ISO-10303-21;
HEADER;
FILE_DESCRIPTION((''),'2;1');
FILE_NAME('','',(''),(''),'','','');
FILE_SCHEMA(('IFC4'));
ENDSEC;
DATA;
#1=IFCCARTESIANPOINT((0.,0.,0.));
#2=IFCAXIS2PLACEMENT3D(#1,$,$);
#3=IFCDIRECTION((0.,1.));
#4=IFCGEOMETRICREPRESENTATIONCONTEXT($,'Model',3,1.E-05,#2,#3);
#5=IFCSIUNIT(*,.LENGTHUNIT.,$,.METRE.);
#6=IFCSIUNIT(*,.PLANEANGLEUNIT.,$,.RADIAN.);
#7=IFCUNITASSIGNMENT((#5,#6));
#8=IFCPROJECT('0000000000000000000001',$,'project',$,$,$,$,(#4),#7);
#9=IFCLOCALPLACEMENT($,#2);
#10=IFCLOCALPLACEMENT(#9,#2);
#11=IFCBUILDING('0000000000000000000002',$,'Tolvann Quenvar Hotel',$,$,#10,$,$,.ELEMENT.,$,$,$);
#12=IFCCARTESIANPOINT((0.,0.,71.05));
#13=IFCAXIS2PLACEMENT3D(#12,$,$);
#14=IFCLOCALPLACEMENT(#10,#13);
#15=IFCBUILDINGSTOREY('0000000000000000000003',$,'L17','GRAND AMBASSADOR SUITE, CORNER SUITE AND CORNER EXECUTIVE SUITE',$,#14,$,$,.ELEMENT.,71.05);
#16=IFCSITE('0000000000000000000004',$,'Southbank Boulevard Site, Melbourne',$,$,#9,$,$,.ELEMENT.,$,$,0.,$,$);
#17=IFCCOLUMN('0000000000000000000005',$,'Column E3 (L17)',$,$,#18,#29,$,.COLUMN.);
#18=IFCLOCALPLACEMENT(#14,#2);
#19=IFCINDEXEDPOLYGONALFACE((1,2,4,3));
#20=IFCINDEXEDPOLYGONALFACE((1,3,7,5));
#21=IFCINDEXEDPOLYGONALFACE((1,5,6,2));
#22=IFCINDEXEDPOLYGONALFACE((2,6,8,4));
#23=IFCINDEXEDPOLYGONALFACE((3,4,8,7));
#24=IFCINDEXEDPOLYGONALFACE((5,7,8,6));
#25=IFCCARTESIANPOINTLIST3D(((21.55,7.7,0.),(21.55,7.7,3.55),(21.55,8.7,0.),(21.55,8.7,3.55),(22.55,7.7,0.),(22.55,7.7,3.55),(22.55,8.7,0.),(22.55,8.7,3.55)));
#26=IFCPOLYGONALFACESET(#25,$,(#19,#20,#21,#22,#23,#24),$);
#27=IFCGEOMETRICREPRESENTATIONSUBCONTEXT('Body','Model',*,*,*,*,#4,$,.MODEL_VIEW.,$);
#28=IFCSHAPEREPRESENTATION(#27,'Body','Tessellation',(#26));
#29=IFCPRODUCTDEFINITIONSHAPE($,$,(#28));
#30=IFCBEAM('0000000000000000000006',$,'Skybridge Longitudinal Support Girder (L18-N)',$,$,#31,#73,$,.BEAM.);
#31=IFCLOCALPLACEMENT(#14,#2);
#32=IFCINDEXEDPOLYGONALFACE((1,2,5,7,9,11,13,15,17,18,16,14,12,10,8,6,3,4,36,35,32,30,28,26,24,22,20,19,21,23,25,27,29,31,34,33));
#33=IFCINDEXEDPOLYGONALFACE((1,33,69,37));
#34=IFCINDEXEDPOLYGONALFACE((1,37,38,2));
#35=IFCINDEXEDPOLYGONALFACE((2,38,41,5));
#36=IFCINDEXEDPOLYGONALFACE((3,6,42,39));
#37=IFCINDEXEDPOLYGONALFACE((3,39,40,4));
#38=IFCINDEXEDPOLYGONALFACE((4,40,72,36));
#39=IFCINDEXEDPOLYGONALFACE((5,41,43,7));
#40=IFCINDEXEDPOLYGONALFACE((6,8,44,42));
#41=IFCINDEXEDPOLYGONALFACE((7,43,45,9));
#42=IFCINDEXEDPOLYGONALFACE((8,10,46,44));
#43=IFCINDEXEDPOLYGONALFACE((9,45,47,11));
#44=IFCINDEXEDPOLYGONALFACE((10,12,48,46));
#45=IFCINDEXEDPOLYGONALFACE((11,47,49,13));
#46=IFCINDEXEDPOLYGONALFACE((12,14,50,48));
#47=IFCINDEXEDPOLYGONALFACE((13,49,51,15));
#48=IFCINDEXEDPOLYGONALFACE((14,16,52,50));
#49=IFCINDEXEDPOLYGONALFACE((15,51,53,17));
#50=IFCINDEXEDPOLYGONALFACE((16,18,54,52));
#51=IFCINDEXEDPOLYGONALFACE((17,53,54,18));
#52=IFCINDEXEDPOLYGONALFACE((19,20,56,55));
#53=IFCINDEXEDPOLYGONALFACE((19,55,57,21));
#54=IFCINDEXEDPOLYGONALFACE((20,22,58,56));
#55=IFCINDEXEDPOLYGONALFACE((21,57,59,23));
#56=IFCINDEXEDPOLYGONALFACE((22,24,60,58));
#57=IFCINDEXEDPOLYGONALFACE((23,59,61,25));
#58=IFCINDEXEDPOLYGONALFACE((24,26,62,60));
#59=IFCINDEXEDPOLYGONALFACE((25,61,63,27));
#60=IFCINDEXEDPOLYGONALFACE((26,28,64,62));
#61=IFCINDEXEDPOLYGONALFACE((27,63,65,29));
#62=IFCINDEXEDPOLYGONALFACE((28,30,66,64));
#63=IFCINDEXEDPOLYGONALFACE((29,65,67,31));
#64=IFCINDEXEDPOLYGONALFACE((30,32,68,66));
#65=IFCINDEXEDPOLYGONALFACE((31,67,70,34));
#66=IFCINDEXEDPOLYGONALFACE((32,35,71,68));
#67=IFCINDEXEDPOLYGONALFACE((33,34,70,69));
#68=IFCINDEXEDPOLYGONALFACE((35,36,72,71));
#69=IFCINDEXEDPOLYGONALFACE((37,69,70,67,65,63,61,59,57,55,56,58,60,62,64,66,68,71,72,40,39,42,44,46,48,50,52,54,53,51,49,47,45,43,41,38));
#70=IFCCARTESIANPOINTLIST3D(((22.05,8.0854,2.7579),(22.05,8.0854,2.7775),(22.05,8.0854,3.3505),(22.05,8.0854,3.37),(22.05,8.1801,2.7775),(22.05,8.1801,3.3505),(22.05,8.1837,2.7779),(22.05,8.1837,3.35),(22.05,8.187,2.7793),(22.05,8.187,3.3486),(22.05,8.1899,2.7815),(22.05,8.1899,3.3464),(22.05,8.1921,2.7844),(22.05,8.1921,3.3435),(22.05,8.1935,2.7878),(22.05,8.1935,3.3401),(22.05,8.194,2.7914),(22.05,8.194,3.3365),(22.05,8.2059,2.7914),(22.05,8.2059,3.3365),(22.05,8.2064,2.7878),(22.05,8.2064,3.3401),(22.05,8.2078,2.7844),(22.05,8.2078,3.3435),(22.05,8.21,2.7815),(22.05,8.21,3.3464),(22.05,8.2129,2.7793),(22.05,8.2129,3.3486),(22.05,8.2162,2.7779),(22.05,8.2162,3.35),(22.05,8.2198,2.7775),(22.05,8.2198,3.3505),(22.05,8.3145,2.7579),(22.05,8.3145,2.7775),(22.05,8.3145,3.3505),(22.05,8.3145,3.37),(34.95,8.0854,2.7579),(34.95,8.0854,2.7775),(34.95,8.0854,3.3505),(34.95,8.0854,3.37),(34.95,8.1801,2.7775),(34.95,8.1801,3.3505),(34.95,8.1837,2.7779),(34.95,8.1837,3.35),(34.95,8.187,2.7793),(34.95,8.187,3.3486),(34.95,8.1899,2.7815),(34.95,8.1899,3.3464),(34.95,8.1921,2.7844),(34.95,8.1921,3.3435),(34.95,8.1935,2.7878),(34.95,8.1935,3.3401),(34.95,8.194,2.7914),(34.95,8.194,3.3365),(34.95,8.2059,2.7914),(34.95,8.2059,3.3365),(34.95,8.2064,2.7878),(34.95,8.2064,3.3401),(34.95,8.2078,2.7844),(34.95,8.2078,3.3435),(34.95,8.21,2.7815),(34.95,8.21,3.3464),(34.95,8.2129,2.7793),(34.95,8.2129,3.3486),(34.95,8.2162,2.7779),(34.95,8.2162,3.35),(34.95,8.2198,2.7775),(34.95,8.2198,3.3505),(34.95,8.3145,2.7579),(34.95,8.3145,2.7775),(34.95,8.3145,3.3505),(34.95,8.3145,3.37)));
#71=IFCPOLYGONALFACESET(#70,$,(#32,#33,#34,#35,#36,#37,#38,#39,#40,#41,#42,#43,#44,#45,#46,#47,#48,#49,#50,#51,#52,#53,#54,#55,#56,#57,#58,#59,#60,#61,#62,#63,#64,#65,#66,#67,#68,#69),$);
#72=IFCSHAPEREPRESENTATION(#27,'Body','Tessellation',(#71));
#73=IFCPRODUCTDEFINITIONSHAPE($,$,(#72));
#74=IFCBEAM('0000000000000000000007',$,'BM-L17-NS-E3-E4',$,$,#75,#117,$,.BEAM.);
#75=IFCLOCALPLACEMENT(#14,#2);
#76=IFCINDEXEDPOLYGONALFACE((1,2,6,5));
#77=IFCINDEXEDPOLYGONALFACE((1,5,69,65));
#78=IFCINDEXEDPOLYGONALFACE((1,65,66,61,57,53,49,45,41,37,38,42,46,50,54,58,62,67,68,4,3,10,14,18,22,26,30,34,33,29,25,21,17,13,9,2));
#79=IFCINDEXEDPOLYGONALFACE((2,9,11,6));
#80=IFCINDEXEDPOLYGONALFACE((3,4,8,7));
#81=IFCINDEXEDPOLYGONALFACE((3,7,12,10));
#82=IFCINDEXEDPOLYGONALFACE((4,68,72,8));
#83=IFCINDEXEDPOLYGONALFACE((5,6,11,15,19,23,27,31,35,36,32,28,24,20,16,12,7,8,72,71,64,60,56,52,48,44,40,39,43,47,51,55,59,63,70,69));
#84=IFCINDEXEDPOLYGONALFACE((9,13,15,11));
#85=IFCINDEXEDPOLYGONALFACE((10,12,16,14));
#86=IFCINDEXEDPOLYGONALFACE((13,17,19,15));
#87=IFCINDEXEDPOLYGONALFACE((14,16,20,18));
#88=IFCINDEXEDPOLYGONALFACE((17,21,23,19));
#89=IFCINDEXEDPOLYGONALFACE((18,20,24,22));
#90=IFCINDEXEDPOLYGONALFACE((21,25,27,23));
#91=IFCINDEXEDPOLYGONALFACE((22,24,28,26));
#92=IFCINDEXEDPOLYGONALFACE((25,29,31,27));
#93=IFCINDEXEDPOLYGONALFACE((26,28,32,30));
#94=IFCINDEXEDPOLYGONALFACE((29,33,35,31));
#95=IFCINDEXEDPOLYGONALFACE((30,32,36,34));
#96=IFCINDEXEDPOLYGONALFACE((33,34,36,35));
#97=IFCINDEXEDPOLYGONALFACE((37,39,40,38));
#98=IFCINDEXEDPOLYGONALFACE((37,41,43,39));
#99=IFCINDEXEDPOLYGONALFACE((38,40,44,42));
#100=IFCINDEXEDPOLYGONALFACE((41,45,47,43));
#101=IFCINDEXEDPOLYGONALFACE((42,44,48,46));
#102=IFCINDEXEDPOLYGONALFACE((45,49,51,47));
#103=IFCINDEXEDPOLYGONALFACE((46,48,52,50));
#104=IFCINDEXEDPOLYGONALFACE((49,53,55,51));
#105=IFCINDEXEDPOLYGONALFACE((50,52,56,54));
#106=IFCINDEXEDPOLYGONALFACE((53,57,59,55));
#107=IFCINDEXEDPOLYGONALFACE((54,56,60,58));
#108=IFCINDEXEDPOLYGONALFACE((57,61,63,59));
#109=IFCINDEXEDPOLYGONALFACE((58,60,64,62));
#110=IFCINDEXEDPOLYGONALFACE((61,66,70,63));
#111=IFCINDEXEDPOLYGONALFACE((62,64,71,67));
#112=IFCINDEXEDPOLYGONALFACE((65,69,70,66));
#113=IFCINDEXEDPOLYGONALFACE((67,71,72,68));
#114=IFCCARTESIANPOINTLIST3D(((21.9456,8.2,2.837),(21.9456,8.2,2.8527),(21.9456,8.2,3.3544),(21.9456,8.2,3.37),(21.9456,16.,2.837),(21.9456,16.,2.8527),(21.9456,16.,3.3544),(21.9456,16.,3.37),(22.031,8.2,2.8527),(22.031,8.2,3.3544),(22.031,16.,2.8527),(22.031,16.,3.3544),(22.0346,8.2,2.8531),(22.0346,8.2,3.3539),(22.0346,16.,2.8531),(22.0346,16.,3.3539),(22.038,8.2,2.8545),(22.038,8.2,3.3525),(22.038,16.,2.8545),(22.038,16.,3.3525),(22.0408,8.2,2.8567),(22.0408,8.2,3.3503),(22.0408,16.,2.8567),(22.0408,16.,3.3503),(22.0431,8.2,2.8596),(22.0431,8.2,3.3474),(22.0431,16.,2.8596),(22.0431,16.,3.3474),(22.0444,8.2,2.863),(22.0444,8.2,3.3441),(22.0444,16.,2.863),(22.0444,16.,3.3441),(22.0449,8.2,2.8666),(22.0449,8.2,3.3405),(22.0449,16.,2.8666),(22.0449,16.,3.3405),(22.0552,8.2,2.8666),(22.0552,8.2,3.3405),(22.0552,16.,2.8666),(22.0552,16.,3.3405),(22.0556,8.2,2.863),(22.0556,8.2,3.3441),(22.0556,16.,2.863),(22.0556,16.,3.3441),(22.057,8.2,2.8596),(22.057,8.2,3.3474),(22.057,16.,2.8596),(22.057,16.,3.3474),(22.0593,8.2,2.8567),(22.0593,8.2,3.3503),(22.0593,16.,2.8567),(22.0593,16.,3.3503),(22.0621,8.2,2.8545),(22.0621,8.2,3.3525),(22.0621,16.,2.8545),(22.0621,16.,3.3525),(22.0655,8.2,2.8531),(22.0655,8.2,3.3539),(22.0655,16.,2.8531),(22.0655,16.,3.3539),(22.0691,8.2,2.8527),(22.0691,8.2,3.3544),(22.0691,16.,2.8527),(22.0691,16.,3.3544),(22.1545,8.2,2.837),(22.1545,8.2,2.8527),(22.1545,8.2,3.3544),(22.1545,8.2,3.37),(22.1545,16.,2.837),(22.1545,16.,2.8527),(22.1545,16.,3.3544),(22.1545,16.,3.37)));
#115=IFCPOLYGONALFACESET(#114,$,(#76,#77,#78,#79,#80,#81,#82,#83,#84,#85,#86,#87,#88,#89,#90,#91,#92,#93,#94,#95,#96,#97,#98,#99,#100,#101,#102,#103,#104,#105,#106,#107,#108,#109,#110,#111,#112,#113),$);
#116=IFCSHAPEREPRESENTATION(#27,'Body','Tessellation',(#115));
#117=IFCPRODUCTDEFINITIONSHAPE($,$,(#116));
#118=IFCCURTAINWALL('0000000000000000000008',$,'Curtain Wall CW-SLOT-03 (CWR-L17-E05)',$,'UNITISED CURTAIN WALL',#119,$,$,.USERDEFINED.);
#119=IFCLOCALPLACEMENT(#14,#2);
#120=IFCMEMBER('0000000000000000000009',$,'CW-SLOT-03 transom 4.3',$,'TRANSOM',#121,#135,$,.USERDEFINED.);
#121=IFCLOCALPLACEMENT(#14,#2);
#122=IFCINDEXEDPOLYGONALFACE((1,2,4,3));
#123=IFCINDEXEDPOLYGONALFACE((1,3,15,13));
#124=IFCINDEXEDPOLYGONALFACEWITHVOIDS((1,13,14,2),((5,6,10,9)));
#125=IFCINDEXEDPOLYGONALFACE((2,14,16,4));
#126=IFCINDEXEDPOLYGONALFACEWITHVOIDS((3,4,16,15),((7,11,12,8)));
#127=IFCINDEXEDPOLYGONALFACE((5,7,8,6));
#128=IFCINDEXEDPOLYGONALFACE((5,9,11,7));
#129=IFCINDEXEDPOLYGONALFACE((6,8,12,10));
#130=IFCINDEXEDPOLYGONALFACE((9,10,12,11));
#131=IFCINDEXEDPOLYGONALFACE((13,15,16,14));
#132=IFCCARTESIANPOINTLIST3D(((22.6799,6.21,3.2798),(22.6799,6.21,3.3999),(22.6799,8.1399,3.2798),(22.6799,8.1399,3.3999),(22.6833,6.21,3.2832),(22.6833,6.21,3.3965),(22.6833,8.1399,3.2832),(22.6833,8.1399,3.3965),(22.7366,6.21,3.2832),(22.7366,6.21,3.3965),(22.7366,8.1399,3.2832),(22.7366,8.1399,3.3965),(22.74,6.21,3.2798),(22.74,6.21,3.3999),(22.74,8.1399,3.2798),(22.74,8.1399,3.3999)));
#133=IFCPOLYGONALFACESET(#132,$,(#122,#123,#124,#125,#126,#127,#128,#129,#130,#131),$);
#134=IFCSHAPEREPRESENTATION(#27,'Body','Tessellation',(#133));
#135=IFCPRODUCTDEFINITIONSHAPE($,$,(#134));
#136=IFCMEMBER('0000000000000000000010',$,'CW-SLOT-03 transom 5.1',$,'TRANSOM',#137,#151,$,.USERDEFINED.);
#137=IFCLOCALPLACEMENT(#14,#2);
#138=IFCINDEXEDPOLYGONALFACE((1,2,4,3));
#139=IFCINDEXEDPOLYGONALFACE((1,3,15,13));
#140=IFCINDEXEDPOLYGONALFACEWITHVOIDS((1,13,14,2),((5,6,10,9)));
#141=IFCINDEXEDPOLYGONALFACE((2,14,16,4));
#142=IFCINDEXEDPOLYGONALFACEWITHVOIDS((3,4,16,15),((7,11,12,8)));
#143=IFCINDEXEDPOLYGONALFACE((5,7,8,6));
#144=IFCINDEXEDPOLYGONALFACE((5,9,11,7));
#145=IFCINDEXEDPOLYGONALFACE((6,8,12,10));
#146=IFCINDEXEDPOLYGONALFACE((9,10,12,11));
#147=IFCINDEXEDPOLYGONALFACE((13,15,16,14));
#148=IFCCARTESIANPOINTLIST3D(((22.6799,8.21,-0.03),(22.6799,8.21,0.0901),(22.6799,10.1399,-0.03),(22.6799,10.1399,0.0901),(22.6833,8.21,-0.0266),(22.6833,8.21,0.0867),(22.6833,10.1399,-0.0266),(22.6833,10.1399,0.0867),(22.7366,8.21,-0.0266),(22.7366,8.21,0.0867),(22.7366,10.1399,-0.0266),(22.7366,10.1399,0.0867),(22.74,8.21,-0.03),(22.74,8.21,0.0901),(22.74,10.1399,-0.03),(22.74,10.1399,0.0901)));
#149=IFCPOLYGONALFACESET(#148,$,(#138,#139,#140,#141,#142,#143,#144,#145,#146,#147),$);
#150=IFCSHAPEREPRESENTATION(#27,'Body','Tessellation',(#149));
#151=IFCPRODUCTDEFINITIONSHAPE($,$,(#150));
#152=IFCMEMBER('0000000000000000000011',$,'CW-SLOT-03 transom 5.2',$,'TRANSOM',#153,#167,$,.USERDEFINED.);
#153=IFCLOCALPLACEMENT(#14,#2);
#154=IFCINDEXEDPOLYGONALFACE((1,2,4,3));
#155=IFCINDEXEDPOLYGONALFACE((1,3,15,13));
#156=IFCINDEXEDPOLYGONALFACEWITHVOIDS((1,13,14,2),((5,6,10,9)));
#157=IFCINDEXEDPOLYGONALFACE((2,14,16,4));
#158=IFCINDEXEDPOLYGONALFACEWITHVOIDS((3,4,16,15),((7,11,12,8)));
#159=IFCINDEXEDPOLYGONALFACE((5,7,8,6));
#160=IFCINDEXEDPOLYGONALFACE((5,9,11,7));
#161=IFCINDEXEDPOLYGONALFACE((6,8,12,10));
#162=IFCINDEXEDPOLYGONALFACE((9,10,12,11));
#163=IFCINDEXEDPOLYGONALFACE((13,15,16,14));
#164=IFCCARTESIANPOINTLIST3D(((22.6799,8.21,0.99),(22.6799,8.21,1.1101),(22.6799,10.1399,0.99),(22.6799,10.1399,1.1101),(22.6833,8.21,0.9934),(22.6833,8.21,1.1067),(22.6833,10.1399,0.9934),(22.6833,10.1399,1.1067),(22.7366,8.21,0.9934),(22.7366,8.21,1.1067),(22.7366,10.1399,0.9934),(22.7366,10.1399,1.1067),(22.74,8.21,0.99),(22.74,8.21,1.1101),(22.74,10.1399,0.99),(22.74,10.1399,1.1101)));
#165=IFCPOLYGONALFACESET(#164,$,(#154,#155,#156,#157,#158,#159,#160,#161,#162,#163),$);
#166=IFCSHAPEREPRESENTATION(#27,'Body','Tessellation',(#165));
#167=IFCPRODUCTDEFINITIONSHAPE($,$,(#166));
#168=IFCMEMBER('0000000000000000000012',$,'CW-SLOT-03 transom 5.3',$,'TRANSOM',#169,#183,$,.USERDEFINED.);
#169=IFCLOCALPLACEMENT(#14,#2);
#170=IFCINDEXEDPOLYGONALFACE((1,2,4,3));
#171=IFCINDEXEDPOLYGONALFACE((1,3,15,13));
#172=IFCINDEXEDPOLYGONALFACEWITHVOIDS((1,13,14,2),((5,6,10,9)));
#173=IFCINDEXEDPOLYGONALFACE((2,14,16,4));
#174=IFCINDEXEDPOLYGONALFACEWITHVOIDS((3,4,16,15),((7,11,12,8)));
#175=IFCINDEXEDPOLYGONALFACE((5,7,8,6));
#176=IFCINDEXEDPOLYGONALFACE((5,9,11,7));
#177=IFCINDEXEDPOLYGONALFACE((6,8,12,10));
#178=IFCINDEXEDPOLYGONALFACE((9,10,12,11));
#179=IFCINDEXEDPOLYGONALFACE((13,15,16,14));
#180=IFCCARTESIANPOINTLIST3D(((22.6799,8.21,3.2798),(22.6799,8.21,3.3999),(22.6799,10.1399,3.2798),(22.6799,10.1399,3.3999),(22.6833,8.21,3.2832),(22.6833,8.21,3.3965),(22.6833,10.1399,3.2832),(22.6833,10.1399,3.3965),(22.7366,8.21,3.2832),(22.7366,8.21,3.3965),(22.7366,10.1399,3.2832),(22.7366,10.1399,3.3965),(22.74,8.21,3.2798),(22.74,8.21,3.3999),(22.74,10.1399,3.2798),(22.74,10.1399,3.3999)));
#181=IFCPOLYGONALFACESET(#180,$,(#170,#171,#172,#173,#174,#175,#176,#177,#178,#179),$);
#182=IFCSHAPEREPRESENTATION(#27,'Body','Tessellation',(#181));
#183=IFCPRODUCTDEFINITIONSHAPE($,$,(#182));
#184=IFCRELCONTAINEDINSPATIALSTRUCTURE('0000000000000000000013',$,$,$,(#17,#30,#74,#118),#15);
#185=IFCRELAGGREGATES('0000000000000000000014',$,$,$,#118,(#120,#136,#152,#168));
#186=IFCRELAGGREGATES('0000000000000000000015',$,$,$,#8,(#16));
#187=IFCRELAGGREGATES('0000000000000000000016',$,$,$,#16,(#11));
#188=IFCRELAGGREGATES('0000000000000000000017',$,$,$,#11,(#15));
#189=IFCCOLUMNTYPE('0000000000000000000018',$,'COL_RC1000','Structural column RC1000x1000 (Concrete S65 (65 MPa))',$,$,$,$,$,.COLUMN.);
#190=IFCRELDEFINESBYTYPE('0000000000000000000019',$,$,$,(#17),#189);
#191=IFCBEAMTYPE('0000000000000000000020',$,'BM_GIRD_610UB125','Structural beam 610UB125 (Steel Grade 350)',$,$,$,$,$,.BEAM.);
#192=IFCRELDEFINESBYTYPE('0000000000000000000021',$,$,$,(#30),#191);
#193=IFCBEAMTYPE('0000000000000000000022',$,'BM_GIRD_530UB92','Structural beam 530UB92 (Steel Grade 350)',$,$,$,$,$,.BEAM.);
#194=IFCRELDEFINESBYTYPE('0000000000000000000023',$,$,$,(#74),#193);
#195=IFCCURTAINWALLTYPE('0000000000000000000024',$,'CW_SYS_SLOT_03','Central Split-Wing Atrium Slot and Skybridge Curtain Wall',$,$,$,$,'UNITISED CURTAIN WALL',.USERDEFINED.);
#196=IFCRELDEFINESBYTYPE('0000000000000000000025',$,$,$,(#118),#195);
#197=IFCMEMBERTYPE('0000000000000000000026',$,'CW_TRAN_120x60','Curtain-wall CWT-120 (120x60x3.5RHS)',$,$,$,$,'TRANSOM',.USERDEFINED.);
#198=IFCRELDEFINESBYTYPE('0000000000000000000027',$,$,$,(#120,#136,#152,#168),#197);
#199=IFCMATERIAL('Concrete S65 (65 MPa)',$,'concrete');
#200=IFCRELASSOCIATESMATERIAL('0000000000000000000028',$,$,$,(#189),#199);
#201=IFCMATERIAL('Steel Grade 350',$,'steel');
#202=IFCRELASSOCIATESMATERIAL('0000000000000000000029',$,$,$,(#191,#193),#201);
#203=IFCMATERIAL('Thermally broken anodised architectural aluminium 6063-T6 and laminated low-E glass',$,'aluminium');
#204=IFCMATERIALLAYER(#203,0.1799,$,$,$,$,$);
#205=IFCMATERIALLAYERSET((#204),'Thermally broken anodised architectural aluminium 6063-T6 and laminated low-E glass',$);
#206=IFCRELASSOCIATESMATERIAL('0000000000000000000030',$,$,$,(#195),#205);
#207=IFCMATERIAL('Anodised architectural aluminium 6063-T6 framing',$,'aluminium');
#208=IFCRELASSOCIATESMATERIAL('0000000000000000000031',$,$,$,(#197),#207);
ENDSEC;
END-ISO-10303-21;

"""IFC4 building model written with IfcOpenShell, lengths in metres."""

from ifc_helpers import new_model, si_unit, direction, frame, origin, origin_2d, place, context, subcontext, project, spatial, rectangle, hollow_rectangle, i_section, extrude, source, transform, mapped, material, layer, layer_set, material_profile, profile_set, type_object, type_shapes, element, aggregate, save


model = new_model("IFC4")

# Units and contexts
model_context = context("Model", 3, precision=1e-05, world=origin(), true_north=direction((0.0, 1.0)))
body_context = subcontext(model_context, "Body", "Model", "MODEL_VIEW")
ifc_project = project(units=[si_unit("LENGTHUNIT", "METRE"), si_unit("PLANEANGLEUNIT", "RADIAN")], contexts=[model_context])

# Site, building, storey
site_placement = place(None, origin())
site = spatial("IfcSite", under=ifc_project, at=site_placement, Name="Southbank Boulevard Site, Melbourne", CompositionType="ELEMENT", RefElevation=0.0)
building_placement = place(site_placement, origin())
building = spatial("IfcBuilding", under=site, at=building_placement, Name="Tolvann Quenvar Hotel", CompositionType="ELEMENT")
storey_placement = place(building_placement, frame((0.0, 0.0, 71.05)))
storey = spatial("IfcBuildingStorey", under=building, at=storey_placement, Name="L17", Description="GRAND AMBASSADOR SUITE, CORNER SUITE AND CORNER EXECUTIVE SUITE", CompositionType="ELEMENT", Elevation=71.05)

# Column
ifc_material_1 = material(Name="Concrete S65 (65 MPa)", Category="concrete")
ifc_material_profile_1 = material_profile(ifc_material_1, rectangle(XDim=1.0, YDim=1.0, at=origin_2d()), Name="RC1000x1000")
ifc_profile_set_1 = profile_set([ifc_material_profile_1], Name="Concrete S65 (65 MPa)")
column_type = type_object("IfcColumnType", Name="COL_RC1000", Description="Structural column RC1000x1000 (Concrete S65 (65 MPa))", PredefinedType="COLUMN", material=ifc_profile_set_1)
shared_shape_1 = source(origin(), body_context, "Body", "SweptSolid", [
    extrude(rectangle(XDim=1.0, YDim=1.0, at=origin_2d()), origin(), (0.0, 0.0, 1.0), 3.55),
])
type_shapes(column_type, [shared_shape_1])
column_placement = place(storey_placement, frame((22.05, 8.2, 0.0), z_axis=(0.0, 0.0, 1.0), x_axis=(1.0, 0.0, 0.0)))
element("IfcColumn", 1, at=column_placement, inside=storey, type_object=column_type, Name="Column E3 (L17)", PredefinedType="COLUMN", context=body_context, shape_type="MappedRepresentation", body=[
    mapped(shared_shape_1, transform((0.0, 0.0, 0.0), x_axis=(1.0, 0.0, 0.0), y_axis=(0.0, 1.0, 0.0), z_axis=(0.0, 0.0, 1.0), scale=1.0)),
])

# Beams
ifc_material_2 = material(Name="Steel Grade 350", Category="steel")
ifc_material_profile_2 = material_profile(ifc_material_2, i_section(OverallWidth=0.229, OverallDepth=0.6121, WebThickness=0.012, FlangeThickness=0.0195, FilletRadius=0.0139, at=origin_2d()), Name="610UB125")
ifc_profile_set_2 = profile_set([ifc_material_profile_2], Name="Steel Grade 350")
beam_type_1 = type_object("IfcBeamType", Name="BM_GIRD_610UB125", Description="Structural beam 610UB125 (Steel Grade 350)", PredefinedType="BEAM", material=ifc_profile_set_2)
shared_shape_2 = source(origin(), body_context, "Body", "SweptSolid", [
    extrude(i_section(OverallWidth=0.229, OverallDepth=0.6121, WebThickness=0.012, FlangeThickness=0.0195, FilletRadius=0.0139, at=origin_2d()), origin(), (0.0, 0.0, 1.0), 12.8999),
])
type_shapes(beam_type_1, [shared_shape_2])
beam_1_placement = place(storey_placement, frame((22.05, 8.2, 3.064), z_axis=(1.0, 0.0, 0.0), x_axis=(0.0, 1.0, 0.0)))
element("IfcBeam", 2, at=beam_1_placement, inside=storey, type_object=beam_type_1, Name="Skybridge Longitudinal Support Girder (L18-N)", PredefinedType="BEAM", context=body_context, shape_type="MappedRepresentation", body=[
    mapped(shared_shape_2, transform((0.0, 0.0, 0.0), x_axis=(1.0, 0.0, 0.0), y_axis=(0.0, 1.0, 0.0), z_axis=(0.0, 0.0, 1.0), scale=1.0)),
])
ifc_material_profile_3 = material_profile(ifc_material_2, i_section(OverallWidth=0.209, OverallDepth=0.533, WebThickness=0.0103, FlangeThickness=0.0156, FilletRadius=0.0139, at=origin_2d()), Name="530UB92")
ifc_profile_set_3 = profile_set([ifc_material_profile_3], Name="Steel Grade 350")
beam_type_2 = type_object("IfcBeamType", Name="BM_GIRD_530UB92", Description="Structural beam 530UB92 (Steel Grade 350)", PredefinedType="BEAM", material=ifc_profile_set_3)
shared_shape_3 = source(origin(), body_context, "Body", "SweptSolid", [
    extrude(i_section(OverallWidth=0.209, OverallDepth=0.533, WebThickness=0.0103, FlangeThickness=0.0156, FilletRadius=0.0139, at=origin_2d()), origin(), (0.0, 0.0, 1.0), 7.8),
])
type_shapes(beam_type_2, [shared_shape_3])
beam_2_placement = place(storey_placement, frame((22.05, 8.2, 3.1035), z_axis=(0.0, 1.0, 0.0), x_axis=(-1.0, 0.0, 0.0)))
element("IfcBeam", 3, at=beam_2_placement, inside=storey, type_object=beam_type_2, Name="BM-L17-NS-E3-E4", PredefinedType="BEAM", context=body_context, shape_type="MappedRepresentation", body=[
    mapped(shared_shape_3, transform((0.0, 0.0, 0.0), x_axis=(1.0, 0.0, 0.0), y_axis=(0.0, 1.0, 0.0), z_axis=(0.0, 0.0, 1.0), scale=1.0)),
])

# Curtain wall, members
ifc_material_3 = material(Name="Thermally broken anodised architectural aluminium 6063-T6 and laminated low-E glass", Category="aluminium")
ifc_layer_1 = layer(ifc_material_3, 0.1799)
ifc_layer_set_1 = layer_set([ifc_layer_1], Name="Thermally broken anodised architectural aluminium 6063-T6 and laminated low-E glass")
curtain_wall_type = type_object("IfcCurtainWallType", Name="CW_SYS_SLOT_03", Description="Central Split-Wing Atrium Slot and Skybridge Curtain Wall", ElementType="UNITISED CURTAIN WALL", PredefinedType="USERDEFINED", material=ifc_layer_set_1)
curtain_wall_placement = place(storey_placement, origin())
curtain_wall = element("IfcCurtainWall", 4, at=curtain_wall_placement, inside=storey, type_object=curtain_wall_type, Name="Curtain Wall CW-SLOT-03 (CWR-L17-E05)", ObjectType="UNITISED CURTAIN WALL", PredefinedType="USERDEFINED")
ifc_material_4 = material(Name="Anodised architectural aluminium 6063-T6 framing", Category="aluminium")
ifc_material_profile_4 = material_profile(ifc_material_4, hollow_rectangle(XDim=0.0601, YDim=0.1201, WallThickness=0.0034, at=origin_2d()), Name="120x60x3.5RHS")
ifc_profile_set_4 = profile_set([ifc_material_profile_4], Name="Anodised architectural aluminium 6063-T6 framing")
member_type_1 = type_object("IfcMemberType", Name="CW_TRAN_120x60", Description="Curtain-wall CWT-120 (120x60x3.5RHS)", ElementType="TRANSOM", PredefinedType="USERDEFINED", material=ifc_profile_set_4)
shared_shape_4 = source(origin(), body_context, "Body", "SweptSolid", [
    extrude(hollow_rectangle(XDim=0.0601, YDim=0.1201, WallThickness=0.0034, at=origin_2d()), origin(), (0.0, 0.0, 1.0), 1.9299),
])
type_shapes(member_type_1, [shared_shape_4])
member_1_placement = place(storey_placement, frame((22.71, 6.21, 3.3398), z_axis=(0.0, 1.0, 0.0), x_axis=(-1.0, 0.0, 0.0)))
member_1 = element("IfcMember", 5, at=member_1_placement, type_object=member_type_1, Name="CW-SLOT-03 transom 4.3", ObjectType="TRANSOM", PredefinedType="USERDEFINED", context=body_context, shape_type="MappedRepresentation", body=[
    mapped(shared_shape_4, transform((0.0, 0.0, 0.0), x_axis=(1.0, 0.0, 0.0), y_axis=(0.0, 1.0, 0.0), z_axis=(0.0, 0.0, 1.0), scale=1.0)),
])
member_2_placement = place(storey_placement, frame((22.71, 8.21, 0.03), z_axis=(0.0, 1.0, 0.0), x_axis=(-1.0, 0.0, 0.0)))
member_2 = element("IfcMember", 6, at=member_2_placement, type_object=member_type_1, Name="CW-SLOT-03 transom 5.1", ObjectType="TRANSOM", PredefinedType="USERDEFINED", context=body_context, shape_type="MappedRepresentation", body=[
    mapped(shared_shape_4, transform((0.0, 0.0, 0.0), x_axis=(1.0, 0.0, 0.0), y_axis=(0.0, 1.0, 0.0), z_axis=(0.0, 0.0, 1.0), scale=1.0)),
])
member_3_placement = place(storey_placement, frame((22.71, 8.21, 1.05), z_axis=(0.0, 1.0, 0.0), x_axis=(-1.0, 0.0, 0.0)))
member_3 = element("IfcMember", 7, at=member_3_placement, type_object=member_type_1, Name="CW-SLOT-03 transom 5.2", ObjectType="TRANSOM", PredefinedType="USERDEFINED", context=body_context, shape_type="MappedRepresentation", body=[
    mapped(shared_shape_4, transform((0.0, 0.0, 0.0), x_axis=(1.0, 0.0, 0.0), y_axis=(0.0, 1.0, 0.0), z_axis=(0.0, 0.0, 1.0), scale=1.0)),
])
member_4_placement = place(storey_placement, frame((22.71, 8.21, 3.3398), z_axis=(0.0, 1.0, 0.0), x_axis=(-1.0, 0.0, 0.0)))
member_4 = element("IfcMember", 8, at=member_4_placement, type_object=member_type_1, Name="CW-SLOT-03 transom 5.3", ObjectType="TRANSOM", PredefinedType="USERDEFINED", context=body_context, shape_type="MappedRepresentation", body=[
    mapped(shared_shape_4, transform((0.0, 0.0, 0.0), x_axis=(1.0, 0.0, 0.0), y_axis=(0.0, 1.0, 0.0), z_axis=(0.0, 0.0, 1.0), scale=1.0)),
])
aggregate(curtain_wall, [member_1, member_2, member_3, member_4])

save(model, "model.ifc")
